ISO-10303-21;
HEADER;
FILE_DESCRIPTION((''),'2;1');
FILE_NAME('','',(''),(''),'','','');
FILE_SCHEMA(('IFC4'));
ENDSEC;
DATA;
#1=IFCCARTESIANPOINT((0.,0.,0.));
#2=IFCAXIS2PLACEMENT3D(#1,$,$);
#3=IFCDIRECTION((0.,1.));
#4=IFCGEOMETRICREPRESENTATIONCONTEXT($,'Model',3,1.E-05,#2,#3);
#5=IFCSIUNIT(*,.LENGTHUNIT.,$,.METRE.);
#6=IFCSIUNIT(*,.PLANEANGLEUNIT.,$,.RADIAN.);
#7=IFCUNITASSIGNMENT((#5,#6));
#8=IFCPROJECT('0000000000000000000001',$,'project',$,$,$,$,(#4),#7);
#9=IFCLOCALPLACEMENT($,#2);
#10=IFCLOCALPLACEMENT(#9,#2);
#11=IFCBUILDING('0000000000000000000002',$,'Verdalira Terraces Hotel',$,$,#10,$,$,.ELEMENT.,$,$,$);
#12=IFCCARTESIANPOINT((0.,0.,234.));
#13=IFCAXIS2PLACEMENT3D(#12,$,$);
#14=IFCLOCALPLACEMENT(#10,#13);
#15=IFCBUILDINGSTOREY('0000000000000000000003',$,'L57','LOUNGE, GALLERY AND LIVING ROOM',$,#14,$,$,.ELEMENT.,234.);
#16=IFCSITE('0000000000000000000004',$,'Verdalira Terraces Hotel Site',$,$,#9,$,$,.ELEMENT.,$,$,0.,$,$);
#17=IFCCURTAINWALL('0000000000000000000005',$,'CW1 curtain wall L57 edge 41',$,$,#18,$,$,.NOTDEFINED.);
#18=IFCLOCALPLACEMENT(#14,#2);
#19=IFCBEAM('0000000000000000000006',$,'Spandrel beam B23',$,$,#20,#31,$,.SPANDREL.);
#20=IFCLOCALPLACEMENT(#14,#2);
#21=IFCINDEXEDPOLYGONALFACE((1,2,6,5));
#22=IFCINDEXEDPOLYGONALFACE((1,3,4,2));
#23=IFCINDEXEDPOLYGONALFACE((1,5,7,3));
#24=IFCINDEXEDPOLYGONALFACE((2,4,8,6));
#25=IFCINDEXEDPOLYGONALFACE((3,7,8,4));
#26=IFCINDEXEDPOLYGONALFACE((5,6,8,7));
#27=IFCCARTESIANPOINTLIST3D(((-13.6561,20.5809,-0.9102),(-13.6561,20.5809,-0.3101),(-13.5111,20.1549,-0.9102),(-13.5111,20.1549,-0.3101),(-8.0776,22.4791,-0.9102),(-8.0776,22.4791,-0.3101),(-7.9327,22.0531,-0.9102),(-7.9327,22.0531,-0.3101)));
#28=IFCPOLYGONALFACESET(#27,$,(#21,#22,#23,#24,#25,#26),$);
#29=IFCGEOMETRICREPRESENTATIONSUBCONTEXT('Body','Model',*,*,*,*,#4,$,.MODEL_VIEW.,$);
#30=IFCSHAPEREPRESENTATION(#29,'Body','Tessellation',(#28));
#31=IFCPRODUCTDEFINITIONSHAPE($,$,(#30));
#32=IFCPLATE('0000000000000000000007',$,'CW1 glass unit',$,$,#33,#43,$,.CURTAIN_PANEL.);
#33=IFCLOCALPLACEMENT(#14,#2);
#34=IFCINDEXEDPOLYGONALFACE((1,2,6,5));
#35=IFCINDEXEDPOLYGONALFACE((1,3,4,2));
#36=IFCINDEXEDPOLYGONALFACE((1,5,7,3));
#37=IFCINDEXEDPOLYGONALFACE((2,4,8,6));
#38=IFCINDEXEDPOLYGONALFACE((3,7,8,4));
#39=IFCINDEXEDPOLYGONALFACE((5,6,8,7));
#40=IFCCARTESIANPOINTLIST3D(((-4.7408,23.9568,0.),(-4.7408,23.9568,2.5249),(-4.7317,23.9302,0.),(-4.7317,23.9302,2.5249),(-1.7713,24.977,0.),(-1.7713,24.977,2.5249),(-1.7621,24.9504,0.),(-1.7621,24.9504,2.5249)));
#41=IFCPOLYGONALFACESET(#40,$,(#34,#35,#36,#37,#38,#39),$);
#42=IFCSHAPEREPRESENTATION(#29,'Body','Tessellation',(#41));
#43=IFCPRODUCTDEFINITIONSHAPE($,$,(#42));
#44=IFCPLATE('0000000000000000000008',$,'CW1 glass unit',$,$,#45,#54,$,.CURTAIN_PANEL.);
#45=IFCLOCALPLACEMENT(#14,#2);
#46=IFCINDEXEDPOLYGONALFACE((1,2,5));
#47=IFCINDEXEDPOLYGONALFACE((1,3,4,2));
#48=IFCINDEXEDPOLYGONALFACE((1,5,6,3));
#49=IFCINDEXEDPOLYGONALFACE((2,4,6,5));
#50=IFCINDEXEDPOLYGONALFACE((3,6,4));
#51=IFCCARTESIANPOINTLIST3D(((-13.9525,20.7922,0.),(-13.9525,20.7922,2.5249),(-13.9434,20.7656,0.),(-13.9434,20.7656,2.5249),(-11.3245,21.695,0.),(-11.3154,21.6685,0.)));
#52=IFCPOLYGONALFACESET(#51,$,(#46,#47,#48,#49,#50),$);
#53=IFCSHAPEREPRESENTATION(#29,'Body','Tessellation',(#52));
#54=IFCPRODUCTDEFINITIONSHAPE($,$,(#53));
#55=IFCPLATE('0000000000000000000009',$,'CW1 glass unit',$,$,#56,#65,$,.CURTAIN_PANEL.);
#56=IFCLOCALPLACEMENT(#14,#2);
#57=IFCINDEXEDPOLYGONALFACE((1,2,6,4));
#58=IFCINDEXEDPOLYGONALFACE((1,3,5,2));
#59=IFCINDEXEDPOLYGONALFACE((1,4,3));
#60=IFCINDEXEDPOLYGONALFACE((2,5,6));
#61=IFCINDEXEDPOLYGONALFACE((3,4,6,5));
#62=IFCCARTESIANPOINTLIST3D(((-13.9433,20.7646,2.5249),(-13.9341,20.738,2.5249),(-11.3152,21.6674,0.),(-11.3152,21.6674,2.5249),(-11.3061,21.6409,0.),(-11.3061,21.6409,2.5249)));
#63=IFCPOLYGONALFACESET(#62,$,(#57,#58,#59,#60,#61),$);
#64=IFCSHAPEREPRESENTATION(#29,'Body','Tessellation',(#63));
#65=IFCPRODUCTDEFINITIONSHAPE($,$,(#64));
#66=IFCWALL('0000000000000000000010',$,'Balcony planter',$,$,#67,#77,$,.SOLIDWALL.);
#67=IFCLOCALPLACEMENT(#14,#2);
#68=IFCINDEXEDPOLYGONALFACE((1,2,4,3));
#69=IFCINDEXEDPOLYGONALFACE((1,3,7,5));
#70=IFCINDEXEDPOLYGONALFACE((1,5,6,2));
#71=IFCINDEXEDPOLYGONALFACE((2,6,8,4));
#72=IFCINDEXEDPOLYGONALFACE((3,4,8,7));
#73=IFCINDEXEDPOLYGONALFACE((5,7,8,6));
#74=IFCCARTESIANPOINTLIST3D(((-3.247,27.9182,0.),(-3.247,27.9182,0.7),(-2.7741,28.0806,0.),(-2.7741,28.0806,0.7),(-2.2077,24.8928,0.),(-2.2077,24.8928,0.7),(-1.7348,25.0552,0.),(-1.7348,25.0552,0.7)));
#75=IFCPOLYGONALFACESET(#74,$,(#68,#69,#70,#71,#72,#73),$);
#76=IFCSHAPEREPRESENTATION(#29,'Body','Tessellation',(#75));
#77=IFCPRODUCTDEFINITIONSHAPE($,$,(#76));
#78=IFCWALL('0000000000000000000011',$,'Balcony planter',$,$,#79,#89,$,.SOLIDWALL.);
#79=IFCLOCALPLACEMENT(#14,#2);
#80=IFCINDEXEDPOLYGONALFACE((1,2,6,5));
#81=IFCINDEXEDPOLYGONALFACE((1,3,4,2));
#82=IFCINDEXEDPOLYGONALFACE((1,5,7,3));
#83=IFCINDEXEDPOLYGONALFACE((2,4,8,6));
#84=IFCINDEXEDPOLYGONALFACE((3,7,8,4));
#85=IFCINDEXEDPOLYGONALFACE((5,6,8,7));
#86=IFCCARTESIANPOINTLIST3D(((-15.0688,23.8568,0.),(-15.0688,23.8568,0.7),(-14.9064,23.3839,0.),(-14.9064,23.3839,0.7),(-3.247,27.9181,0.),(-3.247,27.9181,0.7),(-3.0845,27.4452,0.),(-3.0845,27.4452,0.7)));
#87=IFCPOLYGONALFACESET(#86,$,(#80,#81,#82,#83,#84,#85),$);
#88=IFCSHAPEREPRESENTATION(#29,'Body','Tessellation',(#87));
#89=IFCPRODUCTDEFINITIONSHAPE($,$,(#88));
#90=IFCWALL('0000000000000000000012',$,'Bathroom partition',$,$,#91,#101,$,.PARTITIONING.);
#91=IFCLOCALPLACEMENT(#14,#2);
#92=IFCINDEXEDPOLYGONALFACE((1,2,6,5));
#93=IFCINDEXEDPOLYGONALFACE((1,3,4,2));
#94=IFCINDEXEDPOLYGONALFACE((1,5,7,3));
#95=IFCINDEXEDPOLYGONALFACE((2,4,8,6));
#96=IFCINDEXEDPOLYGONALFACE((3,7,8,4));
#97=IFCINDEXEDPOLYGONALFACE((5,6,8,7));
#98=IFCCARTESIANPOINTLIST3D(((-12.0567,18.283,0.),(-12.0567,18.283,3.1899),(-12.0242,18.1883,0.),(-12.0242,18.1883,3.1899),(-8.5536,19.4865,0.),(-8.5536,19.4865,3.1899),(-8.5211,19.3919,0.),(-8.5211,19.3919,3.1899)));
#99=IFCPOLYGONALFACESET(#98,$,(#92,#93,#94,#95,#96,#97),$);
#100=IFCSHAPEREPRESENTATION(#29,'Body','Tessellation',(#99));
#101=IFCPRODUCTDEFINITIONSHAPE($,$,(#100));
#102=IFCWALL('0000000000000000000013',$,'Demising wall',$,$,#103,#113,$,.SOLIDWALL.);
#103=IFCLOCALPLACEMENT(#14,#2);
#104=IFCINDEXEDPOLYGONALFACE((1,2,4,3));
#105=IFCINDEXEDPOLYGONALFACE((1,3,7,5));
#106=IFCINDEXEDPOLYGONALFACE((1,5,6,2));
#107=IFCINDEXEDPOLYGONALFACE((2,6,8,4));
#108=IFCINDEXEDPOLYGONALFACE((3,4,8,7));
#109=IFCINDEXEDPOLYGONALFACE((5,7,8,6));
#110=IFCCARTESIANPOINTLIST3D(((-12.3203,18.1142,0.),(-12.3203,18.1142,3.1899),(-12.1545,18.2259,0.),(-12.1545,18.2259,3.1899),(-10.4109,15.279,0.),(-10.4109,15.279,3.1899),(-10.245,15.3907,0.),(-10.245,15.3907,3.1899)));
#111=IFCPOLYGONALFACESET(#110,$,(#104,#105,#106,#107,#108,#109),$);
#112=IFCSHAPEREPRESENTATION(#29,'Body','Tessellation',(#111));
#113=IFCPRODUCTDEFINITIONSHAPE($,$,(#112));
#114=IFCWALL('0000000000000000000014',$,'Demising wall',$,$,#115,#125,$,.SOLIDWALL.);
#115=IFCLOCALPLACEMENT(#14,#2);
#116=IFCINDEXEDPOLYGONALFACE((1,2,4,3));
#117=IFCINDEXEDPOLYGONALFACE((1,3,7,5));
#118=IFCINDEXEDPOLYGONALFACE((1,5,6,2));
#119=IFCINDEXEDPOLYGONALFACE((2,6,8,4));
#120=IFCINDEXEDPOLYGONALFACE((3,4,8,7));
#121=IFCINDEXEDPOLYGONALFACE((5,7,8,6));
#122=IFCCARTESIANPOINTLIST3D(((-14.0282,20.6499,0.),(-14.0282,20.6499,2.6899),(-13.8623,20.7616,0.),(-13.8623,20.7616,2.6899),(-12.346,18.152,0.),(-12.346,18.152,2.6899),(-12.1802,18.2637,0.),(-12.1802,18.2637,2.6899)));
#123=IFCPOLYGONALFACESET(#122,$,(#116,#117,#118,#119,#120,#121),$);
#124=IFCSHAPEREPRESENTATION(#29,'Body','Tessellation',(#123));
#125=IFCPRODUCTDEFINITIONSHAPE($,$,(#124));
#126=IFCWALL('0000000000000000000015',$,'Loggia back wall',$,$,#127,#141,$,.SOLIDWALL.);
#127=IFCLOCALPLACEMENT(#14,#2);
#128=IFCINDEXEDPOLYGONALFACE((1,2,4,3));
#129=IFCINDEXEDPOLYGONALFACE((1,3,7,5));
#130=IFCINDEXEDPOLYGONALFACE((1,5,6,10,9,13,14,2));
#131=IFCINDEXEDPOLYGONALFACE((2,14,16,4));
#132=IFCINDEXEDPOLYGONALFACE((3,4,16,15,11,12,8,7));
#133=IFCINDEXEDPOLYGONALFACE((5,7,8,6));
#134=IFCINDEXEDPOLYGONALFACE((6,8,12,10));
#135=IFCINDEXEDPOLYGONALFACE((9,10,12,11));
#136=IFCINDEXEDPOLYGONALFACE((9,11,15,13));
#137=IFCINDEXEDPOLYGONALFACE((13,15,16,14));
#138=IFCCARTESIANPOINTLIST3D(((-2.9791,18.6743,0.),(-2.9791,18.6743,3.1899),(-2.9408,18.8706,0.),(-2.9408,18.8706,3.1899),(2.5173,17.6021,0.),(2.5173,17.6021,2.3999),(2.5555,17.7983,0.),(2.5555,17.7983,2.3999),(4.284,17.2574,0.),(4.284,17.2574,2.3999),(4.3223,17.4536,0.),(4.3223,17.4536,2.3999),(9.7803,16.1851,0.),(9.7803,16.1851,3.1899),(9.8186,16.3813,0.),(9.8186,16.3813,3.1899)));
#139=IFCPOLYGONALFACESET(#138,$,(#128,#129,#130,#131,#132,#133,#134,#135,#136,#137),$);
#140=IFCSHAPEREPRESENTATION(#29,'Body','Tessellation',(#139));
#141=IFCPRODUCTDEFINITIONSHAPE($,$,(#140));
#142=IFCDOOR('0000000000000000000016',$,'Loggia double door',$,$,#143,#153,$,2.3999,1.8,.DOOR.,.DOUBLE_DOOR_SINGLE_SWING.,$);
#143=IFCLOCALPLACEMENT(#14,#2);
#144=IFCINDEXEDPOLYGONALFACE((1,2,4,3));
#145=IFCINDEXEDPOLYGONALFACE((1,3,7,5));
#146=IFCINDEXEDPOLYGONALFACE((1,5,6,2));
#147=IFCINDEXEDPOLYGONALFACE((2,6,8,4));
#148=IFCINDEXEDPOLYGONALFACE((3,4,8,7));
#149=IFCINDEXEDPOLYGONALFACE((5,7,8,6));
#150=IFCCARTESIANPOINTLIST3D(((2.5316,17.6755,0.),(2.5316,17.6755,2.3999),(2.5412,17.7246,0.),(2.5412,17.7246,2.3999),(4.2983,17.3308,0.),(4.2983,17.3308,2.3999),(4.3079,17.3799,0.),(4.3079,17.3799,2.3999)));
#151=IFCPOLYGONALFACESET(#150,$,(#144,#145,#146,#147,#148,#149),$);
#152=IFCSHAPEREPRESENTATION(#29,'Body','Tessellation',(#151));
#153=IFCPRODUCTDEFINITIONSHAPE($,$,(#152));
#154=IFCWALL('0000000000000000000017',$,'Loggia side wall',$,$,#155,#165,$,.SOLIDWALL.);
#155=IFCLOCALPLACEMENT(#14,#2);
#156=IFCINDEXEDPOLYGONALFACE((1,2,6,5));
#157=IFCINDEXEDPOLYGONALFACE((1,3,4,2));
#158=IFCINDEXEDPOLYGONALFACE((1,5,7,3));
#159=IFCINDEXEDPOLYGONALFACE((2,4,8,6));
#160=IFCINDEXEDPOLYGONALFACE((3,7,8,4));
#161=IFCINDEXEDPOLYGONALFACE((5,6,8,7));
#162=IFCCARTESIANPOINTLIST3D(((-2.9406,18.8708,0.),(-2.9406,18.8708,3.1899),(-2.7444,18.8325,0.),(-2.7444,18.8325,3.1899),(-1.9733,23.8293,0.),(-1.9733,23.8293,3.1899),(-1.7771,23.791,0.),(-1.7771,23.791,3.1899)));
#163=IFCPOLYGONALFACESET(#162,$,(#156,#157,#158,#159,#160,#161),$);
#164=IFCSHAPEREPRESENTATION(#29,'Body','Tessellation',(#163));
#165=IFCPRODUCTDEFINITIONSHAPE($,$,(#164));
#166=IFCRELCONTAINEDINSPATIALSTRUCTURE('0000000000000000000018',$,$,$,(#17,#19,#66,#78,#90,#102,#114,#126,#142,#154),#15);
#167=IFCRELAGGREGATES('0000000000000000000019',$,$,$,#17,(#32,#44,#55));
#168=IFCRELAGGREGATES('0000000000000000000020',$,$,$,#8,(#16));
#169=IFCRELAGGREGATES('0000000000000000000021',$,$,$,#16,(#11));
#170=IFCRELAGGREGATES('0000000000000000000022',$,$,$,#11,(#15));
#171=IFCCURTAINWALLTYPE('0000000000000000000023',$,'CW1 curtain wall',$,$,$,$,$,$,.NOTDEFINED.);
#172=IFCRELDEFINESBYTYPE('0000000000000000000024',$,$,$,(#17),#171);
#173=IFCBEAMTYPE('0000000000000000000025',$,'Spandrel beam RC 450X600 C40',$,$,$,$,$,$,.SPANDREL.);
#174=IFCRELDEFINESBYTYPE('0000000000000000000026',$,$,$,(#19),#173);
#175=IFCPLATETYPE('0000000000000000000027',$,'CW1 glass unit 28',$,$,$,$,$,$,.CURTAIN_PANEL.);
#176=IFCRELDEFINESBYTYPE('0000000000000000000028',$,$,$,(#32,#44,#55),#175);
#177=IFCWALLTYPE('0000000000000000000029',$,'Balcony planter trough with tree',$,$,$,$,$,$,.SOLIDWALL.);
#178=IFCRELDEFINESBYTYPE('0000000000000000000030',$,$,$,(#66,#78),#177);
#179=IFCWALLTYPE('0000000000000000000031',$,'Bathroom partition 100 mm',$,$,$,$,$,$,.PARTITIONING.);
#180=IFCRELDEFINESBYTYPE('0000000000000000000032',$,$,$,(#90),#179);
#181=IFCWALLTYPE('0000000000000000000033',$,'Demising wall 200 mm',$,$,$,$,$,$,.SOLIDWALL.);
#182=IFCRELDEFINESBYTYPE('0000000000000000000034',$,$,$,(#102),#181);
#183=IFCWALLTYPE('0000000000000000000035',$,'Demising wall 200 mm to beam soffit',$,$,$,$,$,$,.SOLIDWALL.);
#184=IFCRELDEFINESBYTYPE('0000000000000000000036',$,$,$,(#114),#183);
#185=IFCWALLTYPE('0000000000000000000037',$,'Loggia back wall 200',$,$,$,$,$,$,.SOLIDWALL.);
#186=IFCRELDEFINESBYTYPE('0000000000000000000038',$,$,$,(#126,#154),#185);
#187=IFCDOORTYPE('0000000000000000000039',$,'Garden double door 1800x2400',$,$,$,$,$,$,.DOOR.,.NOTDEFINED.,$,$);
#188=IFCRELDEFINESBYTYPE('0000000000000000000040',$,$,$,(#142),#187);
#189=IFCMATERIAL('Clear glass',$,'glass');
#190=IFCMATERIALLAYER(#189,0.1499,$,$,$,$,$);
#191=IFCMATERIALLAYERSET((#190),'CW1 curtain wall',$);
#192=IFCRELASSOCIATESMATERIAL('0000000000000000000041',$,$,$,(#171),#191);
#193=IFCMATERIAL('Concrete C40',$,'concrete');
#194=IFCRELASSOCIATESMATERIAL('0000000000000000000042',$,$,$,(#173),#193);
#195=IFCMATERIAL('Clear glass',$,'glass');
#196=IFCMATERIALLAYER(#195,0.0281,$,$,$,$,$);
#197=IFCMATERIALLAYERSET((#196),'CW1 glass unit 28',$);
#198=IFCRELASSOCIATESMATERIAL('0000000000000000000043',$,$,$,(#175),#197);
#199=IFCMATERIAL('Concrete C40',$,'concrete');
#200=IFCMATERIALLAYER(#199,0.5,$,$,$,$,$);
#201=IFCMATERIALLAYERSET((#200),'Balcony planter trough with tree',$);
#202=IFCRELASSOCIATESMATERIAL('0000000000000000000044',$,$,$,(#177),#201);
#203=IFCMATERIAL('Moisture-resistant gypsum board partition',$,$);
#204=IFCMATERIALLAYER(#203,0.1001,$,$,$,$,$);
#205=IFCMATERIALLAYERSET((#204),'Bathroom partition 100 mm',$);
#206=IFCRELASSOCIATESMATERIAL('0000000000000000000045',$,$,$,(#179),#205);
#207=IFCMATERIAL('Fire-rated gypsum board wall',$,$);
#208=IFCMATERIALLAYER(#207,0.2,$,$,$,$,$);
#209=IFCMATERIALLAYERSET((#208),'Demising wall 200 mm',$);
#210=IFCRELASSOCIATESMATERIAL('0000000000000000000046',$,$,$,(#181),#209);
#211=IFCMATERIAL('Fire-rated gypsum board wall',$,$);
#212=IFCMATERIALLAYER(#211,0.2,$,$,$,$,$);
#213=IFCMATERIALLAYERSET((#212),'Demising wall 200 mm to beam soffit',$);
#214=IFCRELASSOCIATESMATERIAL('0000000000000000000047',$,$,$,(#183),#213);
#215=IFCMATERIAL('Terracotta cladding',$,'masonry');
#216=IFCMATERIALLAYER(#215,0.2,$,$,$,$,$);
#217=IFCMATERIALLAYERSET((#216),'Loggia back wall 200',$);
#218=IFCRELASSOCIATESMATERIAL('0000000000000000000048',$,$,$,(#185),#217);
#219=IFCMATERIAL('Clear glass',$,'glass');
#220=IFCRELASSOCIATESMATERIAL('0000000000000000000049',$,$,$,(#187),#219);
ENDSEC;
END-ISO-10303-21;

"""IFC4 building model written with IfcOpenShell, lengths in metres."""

from ifc_helpers import new_model, si_unit, direction, frame, frame_2d, origin, origin_2d, place, context, subcontext, project, spatial, polyline, rectangle, outline, extrude, material, layer, layer_set, material_profile, profile_set, type_object, element, fill, aggregate, save


model = new_model("IFC4")

# Units and contexts
model_context = context("Model", 3, precision=1e-05, world=origin(), true_north=direction((0.0, 1.0)))
body_context = subcontext(model_context, "Body", "Model", "MODEL_VIEW")
ifc_project = project(units=[si_unit("LENGTHUNIT", "METRE"), si_unit("PLANEANGLEUNIT", "RADIAN")], contexts=[model_context])

# Site, building, storey
site_placement = place(None, origin())
site = spatial("IfcSite", under=ifc_project, at=site_placement, Name="Verdalira Terraces Hotel Site", CompositionType="ELEMENT", RefElevation=0.0)
building_placement = place(site_placement, origin())
building = spatial("IfcBuilding", under=site, at=building_placement, Name="Verdalira Terraces Hotel", CompositionType="ELEMENT")
storey_placement = place(building_placement, frame((0.0, 0.0, 234.0)))
storey = spatial("IfcBuildingStorey", under=building, at=storey_placement, Name="L57", Description="LOUNGE, GALLERY AND LIVING ROOM", CompositionType="ELEMENT", Elevation=234.0)

# Curtain wall
ifc_material_1 = material(Name="Clear glass", Category="glass")
ifc_layer_1 = layer(ifc_material_1, 0.1499)
ifc_layer_set_1 = layer_set([ifc_layer_1], Name="CW1 curtain wall")
curtain_wall_type_1 = type_object("IfcCurtainWallType", Name="CW1 curtain wall", PredefinedType="NOTDEFINED", material=ifc_layer_set_1)
curtain_wall_1_placement = place(storey_placement, origin())
curtain_wall_1 = element("IfcCurtainWall", 1, at=curtain_wall_1_placement, inside=storey, type_object=curtain_wall_type_1, Name="CW1 curtain wall L57 edge 41", PredefinedType="NOTDEFINED")

# Beam
ifc_material_2 = material(Name="Concrete C40", Category="concrete")
ifc_material_profile_1 = material_profile(ifc_material_2, rectangle(XDim=0.45, YDim=0.6001, at=origin_2d()), Name="RC 450X600")
ifc_profile_set_1 = profile_set([ifc_material_profile_1], Name="Concrete C40")
beam_type_1 = type_object("IfcBeamType", Name="Spandrel beam RC 450X600 C40", PredefinedType="SPANDREL", material=ifc_profile_set_1)
beam_1_placement = place(storey_placement, frame((-8.0051, 22.2661, -0.6101), z_axis=(-0.946693, -0.322138, 0.0), x_axis=(0.322138, -0.946693, 0.0)))
element("IfcBeam", 2, at=beam_1_placement, inside=storey, type_object=beam_type_1, Name="Spandrel beam B23", PredefinedType="SPANDREL", context=body_context, shape_type="SweptSolid", body=[
    extrude(rectangle(XDim=0.45, YDim=0.6001, at=origin_2d()), origin(), (0.0, 0.0, 1.0), 5.8926),
])

# Plates
ifc_material_3 = material(Name="Clear glass", Category="glass")
ifc_layer_2 = layer(ifc_material_3, 0.0281)
ifc_layer_set_2 = layer_set([ifc_layer_2], Name="CW1 glass unit 28")
plate_type = type_object("IfcPlateType", Name="CW1 glass unit 28", PredefinedType="CURTAIN_PANEL", material=ifc_layer_set_2)
plate_1_placement = place(storey_placement, frame((-3.2515, 24.4536, 0.0), z_axis=(0.0, 0.0, 1.0), x_axis=(-0.945746, -0.324908, 0.0)))
plate_1 = element("IfcPlate", 3, at=plate_1_placement, type_object=plate_type, Name="CW1 glass unit", PredefinedType="CURTAIN_PANEL", context=body_context, shape_type="SweptSolid", body=[
    extrude(rectangle(XDim=3.1399, YDim=0.0281, at=origin_2d()), origin(), (0.0, 0.0, 1.0), 2.5249),
])
plate_2_placement = place(storey_placement, frame((-12.6294, 21.217, 1.2625), z_axis=(-0.324908, 0.945746, 0.0), x_axis=(-0.945746, -0.324908, 0.0)))
plate_2 = element("IfcPlate", 4, at=plate_2_placement, type_object=plate_type, Name="CW1 glass unit", PredefinedType="CURTAIN_PANEL", context=body_context, shape_type="SweptSolid", body=[
    extrude(outline(polyline([(-1.3894, -1.2625), (1.3894, -1.2625), (1.3894, 1.2625), (-1.3894, -1.2625)])), origin(), (0.0, 0.0, 1.0), 0.0281),
])
plate_3_placement = place(storey_placement, frame((-12.6201, 21.1895, 1.2625), z_axis=(-0.324908, 0.945746, 0.0), x_axis=(-0.945746, -0.324908, 0.0)))
plate_3 = element("IfcPlate", 5, at=plate_3_placement, type_object=plate_type, Name="CW1 glass unit", PredefinedType="CURTAIN_PANEL", context=body_context, shape_type="SweptSolid", body=[
    extrude(outline(polyline([(-1.3894, -1.2625), (1.3894, 1.2625), (-1.3894, 1.2625), (-1.3894, -1.2625)])), origin(), (0.0, 0.0, 1.0), 0.0281),
])
aggregate(curtain_wall_1, [plate_1, plate_2, plate_3])

# Walls
ifc_material_4 = material(Name="Concrete C40", Category="concrete")
ifc_layer_3 = layer(ifc_material_4, 0.5)
ifc_layer_set_3 = layer_set([ifc_layer_3], Name="Balcony planter trough with tree")
wall_type_1 = type_object("IfcWallType", Name="Balcony planter trough with tree", PredefinedType="SOLIDWALL", material=ifc_layer_set_3)
wall_1_placement = place(storey_placement, frame((-1.9712, 24.9739, 0.0), z_axis=(0.0, 0.0, 1.0), x_axis=(-0.324892, 0.945751, 0.0)))
element("IfcWall", 6, at=wall_1_placement, inside=storey, type_object=wall_type_1, Name="Balcony planter", PredefinedType="SOLIDWALL", context=body_context, shape_type="SweptSolid", body=[
    extrude(rectangle(XDim=3.199, YDim=0.5, at=frame_2d((1.5996, 0.0))), origin(), (0.0, 0.0, 1.0), 0.7),
])
wall_2_placement = place(storey_placement, frame((-3.1658, 27.6816, 0.0), z_axis=(0.0, 0.0, 1.0), x_axis=(-0.945747, -0.324904, 0.0)))
element("IfcWall", 7, at=wall_2_placement, inside=storey, type_object=wall_type_1, Name="Balcony planter", PredefinedType="SOLIDWALL", context=body_context, shape_type="SweptSolid", body=[
    extrude(rectangle(XDim=12.5, YDim=0.5, at=frame_2d((6.25, 0.0))), origin(), (0.0, 0.0, 1.0), 0.7),
])
ifc_material_5 = material(Name="Moisture-resistant gypsum board partition")
ifc_layer_4 = layer(ifc_material_5, 0.1001)
ifc_layer_set_4 = layer_set([ifc_layer_4], Name="Bathroom partition 100 mm")
wall_type_2 = type_object("IfcWallType", Name="Bathroom partition 100 mm", PredefinedType="PARTITIONING", material=ifc_layer_set_4)
wall_3_placement = place(storey_placement, frame((-8.5374, 19.4392, 0.0), z_axis=(0.0, 0.0, 1.0), x_axis=(-0.945737, -0.324934, 0.0)))
element("IfcWall", 8, at=wall_3_placement, inside=storey, type_object=wall_type_2, Name="Bathroom partition", PredefinedType="PARTITIONING", context=body_context, shape_type="SweptSolid", body=[
    extrude(rectangle(XDim=3.7041, YDim=0.1001, at=frame_2d((1.8521, 0.0))), origin(), (0.0, 0.0, 1.0), 3.1899),
])
ifc_material_6 = material(Name="Fire-rated gypsum board wall")
ifc_layer_5 = layer(ifc_material_6, 0.2)
ifc_layer_set_5 = layer_set([ifc_layer_5], Name="Demising wall 200 mm")
wall_type_3 = type_object("IfcWallType", Name="Demising wall 200 mm", PredefinedType="SOLIDWALL", material=ifc_layer_set_5)
wall_4_placement = place(storey_placement, frame((-12.2373, 18.1699, 0.0), z_axis=(0.0, 0.0, 1.0), x_axis=(0.5586, -0.829437, 0.0)))
element("IfcWall", 9, at=wall_4_placement, inside=storey, type_object=wall_type_3, Name="Demising wall", PredefinedType="SOLIDWALL", context=body_context, shape_type="SweptSolid", body=[
    extrude(rectangle(XDim=3.4182, YDim=0.2, at=frame_2d((1.709, 0.0))), origin(), (0.0, 0.0, 1.0), 3.1899),
])
ifc_material_7 = material(Name="Fire-rated gypsum board wall")
ifc_layer_6 = layer(ifc_material_7, 0.2)
ifc_layer_set_6 = layer_set([ifc_layer_6], Name="Demising wall 200 mm to beam soffit")
wall_type_4 = type_object("IfcWallType", Name="Demising wall 200 mm to beam soffit", PredefinedType="SOLIDWALL", material=ifc_layer_set_6)
wall_5_placement = place(storey_placement, frame((-13.9453, 20.7058, 0.0), z_axis=(0.0, 0.0, 1.0), x_axis=(0.558586, -0.829447, 0.0)))
element("IfcWall", 10, at=wall_5_placement, inside=storey, type_object=wall_type_4, Name="Demising wall", PredefinedType="SOLIDWALL", context=body_context, shape_type="SweptSolid", body=[
    extrude(rectangle(XDim=3.0115, YDim=0.2, at=frame_2d((1.5059, 0.0))), origin(), (0.0, 0.0, 1.0), 2.6899),
])

# Wall, opening, door
ifc_material_8 = material(Name="Terracotta cladding", Category="masonry")
ifc_layer_7 = layer(ifc_material_8, 0.2)
ifc_layer_set_7 = layer_set([ifc_layer_7], Name="Loggia back wall 200")
wall_type_5 = type_object("IfcWallType", Name="Loggia back wall 200", PredefinedType="SOLIDWALL", material=ifc_layer_set_7)
wall_6_placement = place(storey_placement, frame((-2.96, 18.7725, 0.0), z_axis=(0.0, 0.0, 1.0), x_axis=(0.981496, -0.19148, 0.0)))
wall_6 = element("IfcWall", 11, at=wall_6_placement, inside=storey, type_object=wall_type_5, Name="Loggia back wall", PredefinedType="SOLIDWALL", context=body_context, shape_type="SweptSolid", body=[
    extrude(rectangle(XDim=13.0, YDim=0.2, at=frame_2d((6.5, 0.0))), origin(), (0.0, 0.0, 1.0), 3.1899),
])
opening_1_placement = place(wall_6_placement, frame((5.6001, 0.0, 0.0)))
opening_1 = element("IfcOpeningElement", 12, at=opening_1_placement, cuts=wall_6, PredefinedType="OPENING", context=body_context, shape_type="SweptSolid", body=[
    extrude(rectangle(XDim=1.8, YDim=2.3999, at=frame_2d((0.8999, 1.2))), frame((0.0, 0.1099, 0.0), z_axis=(0.0, -1.0, 0.0), x_axis=(1.0, 0.0, 0.0)), (0.0, 0.0, 1.0), 0.22),
])
ifc_material_9 = material(Name="Clear glass", Category="glass")
door_type_1 = type_object("IfcDoorType", Name="Garden double door 1800x2400", OperationType="NOTDEFINED", PredefinedType="DOOR", material=ifc_material_9)
door_1_placement = place(opening_1_placement, origin())
door_1 = element("IfcDoor", 13, at=door_1_placement, inside=storey, type_object=door_type_1, Name="Loggia double door", OperationType="DOUBLE_DOOR_SINGLE_SWING", OverallHeight=2.3999, OverallWidth=1.8, PredefinedType="DOOR", context=body_context, shape_type="SweptSolid", body=[
    extrude(rectangle(XDim=1.8, YDim=2.3999, at=frame_2d((0.8999, 1.2))), frame((0.0, 0.0249, 0.0), z_axis=(0.0, -1.0, 0.0), x_axis=(1.0, 0.0, 0.0)), (0.0, 0.0, 1.0), 0.05),
])
fill(opening_1, door_1)

# Wall
wall_7_placement = place(storey_placement, frame((-1.8752, 23.8101, 0.0), z_axis=(0.0, 0.0, 1.0), x_axis=(-0.191467, -0.981499, 0.0)))
element("IfcWall", 14, at=wall_7_placement, inside=storey, type_object=wall_type_5, Name="Loggia side wall", PredefinedType="SOLIDWALL", context=body_context, shape_type="SweptSolid", body=[
    extrude(rectangle(XDim=5.052, YDim=0.2, at=frame_2d((2.5259, 0.0))), origin(), (0.0, 0.0, 1.0), 3.1899),
])

save(model, "model.ifc")
